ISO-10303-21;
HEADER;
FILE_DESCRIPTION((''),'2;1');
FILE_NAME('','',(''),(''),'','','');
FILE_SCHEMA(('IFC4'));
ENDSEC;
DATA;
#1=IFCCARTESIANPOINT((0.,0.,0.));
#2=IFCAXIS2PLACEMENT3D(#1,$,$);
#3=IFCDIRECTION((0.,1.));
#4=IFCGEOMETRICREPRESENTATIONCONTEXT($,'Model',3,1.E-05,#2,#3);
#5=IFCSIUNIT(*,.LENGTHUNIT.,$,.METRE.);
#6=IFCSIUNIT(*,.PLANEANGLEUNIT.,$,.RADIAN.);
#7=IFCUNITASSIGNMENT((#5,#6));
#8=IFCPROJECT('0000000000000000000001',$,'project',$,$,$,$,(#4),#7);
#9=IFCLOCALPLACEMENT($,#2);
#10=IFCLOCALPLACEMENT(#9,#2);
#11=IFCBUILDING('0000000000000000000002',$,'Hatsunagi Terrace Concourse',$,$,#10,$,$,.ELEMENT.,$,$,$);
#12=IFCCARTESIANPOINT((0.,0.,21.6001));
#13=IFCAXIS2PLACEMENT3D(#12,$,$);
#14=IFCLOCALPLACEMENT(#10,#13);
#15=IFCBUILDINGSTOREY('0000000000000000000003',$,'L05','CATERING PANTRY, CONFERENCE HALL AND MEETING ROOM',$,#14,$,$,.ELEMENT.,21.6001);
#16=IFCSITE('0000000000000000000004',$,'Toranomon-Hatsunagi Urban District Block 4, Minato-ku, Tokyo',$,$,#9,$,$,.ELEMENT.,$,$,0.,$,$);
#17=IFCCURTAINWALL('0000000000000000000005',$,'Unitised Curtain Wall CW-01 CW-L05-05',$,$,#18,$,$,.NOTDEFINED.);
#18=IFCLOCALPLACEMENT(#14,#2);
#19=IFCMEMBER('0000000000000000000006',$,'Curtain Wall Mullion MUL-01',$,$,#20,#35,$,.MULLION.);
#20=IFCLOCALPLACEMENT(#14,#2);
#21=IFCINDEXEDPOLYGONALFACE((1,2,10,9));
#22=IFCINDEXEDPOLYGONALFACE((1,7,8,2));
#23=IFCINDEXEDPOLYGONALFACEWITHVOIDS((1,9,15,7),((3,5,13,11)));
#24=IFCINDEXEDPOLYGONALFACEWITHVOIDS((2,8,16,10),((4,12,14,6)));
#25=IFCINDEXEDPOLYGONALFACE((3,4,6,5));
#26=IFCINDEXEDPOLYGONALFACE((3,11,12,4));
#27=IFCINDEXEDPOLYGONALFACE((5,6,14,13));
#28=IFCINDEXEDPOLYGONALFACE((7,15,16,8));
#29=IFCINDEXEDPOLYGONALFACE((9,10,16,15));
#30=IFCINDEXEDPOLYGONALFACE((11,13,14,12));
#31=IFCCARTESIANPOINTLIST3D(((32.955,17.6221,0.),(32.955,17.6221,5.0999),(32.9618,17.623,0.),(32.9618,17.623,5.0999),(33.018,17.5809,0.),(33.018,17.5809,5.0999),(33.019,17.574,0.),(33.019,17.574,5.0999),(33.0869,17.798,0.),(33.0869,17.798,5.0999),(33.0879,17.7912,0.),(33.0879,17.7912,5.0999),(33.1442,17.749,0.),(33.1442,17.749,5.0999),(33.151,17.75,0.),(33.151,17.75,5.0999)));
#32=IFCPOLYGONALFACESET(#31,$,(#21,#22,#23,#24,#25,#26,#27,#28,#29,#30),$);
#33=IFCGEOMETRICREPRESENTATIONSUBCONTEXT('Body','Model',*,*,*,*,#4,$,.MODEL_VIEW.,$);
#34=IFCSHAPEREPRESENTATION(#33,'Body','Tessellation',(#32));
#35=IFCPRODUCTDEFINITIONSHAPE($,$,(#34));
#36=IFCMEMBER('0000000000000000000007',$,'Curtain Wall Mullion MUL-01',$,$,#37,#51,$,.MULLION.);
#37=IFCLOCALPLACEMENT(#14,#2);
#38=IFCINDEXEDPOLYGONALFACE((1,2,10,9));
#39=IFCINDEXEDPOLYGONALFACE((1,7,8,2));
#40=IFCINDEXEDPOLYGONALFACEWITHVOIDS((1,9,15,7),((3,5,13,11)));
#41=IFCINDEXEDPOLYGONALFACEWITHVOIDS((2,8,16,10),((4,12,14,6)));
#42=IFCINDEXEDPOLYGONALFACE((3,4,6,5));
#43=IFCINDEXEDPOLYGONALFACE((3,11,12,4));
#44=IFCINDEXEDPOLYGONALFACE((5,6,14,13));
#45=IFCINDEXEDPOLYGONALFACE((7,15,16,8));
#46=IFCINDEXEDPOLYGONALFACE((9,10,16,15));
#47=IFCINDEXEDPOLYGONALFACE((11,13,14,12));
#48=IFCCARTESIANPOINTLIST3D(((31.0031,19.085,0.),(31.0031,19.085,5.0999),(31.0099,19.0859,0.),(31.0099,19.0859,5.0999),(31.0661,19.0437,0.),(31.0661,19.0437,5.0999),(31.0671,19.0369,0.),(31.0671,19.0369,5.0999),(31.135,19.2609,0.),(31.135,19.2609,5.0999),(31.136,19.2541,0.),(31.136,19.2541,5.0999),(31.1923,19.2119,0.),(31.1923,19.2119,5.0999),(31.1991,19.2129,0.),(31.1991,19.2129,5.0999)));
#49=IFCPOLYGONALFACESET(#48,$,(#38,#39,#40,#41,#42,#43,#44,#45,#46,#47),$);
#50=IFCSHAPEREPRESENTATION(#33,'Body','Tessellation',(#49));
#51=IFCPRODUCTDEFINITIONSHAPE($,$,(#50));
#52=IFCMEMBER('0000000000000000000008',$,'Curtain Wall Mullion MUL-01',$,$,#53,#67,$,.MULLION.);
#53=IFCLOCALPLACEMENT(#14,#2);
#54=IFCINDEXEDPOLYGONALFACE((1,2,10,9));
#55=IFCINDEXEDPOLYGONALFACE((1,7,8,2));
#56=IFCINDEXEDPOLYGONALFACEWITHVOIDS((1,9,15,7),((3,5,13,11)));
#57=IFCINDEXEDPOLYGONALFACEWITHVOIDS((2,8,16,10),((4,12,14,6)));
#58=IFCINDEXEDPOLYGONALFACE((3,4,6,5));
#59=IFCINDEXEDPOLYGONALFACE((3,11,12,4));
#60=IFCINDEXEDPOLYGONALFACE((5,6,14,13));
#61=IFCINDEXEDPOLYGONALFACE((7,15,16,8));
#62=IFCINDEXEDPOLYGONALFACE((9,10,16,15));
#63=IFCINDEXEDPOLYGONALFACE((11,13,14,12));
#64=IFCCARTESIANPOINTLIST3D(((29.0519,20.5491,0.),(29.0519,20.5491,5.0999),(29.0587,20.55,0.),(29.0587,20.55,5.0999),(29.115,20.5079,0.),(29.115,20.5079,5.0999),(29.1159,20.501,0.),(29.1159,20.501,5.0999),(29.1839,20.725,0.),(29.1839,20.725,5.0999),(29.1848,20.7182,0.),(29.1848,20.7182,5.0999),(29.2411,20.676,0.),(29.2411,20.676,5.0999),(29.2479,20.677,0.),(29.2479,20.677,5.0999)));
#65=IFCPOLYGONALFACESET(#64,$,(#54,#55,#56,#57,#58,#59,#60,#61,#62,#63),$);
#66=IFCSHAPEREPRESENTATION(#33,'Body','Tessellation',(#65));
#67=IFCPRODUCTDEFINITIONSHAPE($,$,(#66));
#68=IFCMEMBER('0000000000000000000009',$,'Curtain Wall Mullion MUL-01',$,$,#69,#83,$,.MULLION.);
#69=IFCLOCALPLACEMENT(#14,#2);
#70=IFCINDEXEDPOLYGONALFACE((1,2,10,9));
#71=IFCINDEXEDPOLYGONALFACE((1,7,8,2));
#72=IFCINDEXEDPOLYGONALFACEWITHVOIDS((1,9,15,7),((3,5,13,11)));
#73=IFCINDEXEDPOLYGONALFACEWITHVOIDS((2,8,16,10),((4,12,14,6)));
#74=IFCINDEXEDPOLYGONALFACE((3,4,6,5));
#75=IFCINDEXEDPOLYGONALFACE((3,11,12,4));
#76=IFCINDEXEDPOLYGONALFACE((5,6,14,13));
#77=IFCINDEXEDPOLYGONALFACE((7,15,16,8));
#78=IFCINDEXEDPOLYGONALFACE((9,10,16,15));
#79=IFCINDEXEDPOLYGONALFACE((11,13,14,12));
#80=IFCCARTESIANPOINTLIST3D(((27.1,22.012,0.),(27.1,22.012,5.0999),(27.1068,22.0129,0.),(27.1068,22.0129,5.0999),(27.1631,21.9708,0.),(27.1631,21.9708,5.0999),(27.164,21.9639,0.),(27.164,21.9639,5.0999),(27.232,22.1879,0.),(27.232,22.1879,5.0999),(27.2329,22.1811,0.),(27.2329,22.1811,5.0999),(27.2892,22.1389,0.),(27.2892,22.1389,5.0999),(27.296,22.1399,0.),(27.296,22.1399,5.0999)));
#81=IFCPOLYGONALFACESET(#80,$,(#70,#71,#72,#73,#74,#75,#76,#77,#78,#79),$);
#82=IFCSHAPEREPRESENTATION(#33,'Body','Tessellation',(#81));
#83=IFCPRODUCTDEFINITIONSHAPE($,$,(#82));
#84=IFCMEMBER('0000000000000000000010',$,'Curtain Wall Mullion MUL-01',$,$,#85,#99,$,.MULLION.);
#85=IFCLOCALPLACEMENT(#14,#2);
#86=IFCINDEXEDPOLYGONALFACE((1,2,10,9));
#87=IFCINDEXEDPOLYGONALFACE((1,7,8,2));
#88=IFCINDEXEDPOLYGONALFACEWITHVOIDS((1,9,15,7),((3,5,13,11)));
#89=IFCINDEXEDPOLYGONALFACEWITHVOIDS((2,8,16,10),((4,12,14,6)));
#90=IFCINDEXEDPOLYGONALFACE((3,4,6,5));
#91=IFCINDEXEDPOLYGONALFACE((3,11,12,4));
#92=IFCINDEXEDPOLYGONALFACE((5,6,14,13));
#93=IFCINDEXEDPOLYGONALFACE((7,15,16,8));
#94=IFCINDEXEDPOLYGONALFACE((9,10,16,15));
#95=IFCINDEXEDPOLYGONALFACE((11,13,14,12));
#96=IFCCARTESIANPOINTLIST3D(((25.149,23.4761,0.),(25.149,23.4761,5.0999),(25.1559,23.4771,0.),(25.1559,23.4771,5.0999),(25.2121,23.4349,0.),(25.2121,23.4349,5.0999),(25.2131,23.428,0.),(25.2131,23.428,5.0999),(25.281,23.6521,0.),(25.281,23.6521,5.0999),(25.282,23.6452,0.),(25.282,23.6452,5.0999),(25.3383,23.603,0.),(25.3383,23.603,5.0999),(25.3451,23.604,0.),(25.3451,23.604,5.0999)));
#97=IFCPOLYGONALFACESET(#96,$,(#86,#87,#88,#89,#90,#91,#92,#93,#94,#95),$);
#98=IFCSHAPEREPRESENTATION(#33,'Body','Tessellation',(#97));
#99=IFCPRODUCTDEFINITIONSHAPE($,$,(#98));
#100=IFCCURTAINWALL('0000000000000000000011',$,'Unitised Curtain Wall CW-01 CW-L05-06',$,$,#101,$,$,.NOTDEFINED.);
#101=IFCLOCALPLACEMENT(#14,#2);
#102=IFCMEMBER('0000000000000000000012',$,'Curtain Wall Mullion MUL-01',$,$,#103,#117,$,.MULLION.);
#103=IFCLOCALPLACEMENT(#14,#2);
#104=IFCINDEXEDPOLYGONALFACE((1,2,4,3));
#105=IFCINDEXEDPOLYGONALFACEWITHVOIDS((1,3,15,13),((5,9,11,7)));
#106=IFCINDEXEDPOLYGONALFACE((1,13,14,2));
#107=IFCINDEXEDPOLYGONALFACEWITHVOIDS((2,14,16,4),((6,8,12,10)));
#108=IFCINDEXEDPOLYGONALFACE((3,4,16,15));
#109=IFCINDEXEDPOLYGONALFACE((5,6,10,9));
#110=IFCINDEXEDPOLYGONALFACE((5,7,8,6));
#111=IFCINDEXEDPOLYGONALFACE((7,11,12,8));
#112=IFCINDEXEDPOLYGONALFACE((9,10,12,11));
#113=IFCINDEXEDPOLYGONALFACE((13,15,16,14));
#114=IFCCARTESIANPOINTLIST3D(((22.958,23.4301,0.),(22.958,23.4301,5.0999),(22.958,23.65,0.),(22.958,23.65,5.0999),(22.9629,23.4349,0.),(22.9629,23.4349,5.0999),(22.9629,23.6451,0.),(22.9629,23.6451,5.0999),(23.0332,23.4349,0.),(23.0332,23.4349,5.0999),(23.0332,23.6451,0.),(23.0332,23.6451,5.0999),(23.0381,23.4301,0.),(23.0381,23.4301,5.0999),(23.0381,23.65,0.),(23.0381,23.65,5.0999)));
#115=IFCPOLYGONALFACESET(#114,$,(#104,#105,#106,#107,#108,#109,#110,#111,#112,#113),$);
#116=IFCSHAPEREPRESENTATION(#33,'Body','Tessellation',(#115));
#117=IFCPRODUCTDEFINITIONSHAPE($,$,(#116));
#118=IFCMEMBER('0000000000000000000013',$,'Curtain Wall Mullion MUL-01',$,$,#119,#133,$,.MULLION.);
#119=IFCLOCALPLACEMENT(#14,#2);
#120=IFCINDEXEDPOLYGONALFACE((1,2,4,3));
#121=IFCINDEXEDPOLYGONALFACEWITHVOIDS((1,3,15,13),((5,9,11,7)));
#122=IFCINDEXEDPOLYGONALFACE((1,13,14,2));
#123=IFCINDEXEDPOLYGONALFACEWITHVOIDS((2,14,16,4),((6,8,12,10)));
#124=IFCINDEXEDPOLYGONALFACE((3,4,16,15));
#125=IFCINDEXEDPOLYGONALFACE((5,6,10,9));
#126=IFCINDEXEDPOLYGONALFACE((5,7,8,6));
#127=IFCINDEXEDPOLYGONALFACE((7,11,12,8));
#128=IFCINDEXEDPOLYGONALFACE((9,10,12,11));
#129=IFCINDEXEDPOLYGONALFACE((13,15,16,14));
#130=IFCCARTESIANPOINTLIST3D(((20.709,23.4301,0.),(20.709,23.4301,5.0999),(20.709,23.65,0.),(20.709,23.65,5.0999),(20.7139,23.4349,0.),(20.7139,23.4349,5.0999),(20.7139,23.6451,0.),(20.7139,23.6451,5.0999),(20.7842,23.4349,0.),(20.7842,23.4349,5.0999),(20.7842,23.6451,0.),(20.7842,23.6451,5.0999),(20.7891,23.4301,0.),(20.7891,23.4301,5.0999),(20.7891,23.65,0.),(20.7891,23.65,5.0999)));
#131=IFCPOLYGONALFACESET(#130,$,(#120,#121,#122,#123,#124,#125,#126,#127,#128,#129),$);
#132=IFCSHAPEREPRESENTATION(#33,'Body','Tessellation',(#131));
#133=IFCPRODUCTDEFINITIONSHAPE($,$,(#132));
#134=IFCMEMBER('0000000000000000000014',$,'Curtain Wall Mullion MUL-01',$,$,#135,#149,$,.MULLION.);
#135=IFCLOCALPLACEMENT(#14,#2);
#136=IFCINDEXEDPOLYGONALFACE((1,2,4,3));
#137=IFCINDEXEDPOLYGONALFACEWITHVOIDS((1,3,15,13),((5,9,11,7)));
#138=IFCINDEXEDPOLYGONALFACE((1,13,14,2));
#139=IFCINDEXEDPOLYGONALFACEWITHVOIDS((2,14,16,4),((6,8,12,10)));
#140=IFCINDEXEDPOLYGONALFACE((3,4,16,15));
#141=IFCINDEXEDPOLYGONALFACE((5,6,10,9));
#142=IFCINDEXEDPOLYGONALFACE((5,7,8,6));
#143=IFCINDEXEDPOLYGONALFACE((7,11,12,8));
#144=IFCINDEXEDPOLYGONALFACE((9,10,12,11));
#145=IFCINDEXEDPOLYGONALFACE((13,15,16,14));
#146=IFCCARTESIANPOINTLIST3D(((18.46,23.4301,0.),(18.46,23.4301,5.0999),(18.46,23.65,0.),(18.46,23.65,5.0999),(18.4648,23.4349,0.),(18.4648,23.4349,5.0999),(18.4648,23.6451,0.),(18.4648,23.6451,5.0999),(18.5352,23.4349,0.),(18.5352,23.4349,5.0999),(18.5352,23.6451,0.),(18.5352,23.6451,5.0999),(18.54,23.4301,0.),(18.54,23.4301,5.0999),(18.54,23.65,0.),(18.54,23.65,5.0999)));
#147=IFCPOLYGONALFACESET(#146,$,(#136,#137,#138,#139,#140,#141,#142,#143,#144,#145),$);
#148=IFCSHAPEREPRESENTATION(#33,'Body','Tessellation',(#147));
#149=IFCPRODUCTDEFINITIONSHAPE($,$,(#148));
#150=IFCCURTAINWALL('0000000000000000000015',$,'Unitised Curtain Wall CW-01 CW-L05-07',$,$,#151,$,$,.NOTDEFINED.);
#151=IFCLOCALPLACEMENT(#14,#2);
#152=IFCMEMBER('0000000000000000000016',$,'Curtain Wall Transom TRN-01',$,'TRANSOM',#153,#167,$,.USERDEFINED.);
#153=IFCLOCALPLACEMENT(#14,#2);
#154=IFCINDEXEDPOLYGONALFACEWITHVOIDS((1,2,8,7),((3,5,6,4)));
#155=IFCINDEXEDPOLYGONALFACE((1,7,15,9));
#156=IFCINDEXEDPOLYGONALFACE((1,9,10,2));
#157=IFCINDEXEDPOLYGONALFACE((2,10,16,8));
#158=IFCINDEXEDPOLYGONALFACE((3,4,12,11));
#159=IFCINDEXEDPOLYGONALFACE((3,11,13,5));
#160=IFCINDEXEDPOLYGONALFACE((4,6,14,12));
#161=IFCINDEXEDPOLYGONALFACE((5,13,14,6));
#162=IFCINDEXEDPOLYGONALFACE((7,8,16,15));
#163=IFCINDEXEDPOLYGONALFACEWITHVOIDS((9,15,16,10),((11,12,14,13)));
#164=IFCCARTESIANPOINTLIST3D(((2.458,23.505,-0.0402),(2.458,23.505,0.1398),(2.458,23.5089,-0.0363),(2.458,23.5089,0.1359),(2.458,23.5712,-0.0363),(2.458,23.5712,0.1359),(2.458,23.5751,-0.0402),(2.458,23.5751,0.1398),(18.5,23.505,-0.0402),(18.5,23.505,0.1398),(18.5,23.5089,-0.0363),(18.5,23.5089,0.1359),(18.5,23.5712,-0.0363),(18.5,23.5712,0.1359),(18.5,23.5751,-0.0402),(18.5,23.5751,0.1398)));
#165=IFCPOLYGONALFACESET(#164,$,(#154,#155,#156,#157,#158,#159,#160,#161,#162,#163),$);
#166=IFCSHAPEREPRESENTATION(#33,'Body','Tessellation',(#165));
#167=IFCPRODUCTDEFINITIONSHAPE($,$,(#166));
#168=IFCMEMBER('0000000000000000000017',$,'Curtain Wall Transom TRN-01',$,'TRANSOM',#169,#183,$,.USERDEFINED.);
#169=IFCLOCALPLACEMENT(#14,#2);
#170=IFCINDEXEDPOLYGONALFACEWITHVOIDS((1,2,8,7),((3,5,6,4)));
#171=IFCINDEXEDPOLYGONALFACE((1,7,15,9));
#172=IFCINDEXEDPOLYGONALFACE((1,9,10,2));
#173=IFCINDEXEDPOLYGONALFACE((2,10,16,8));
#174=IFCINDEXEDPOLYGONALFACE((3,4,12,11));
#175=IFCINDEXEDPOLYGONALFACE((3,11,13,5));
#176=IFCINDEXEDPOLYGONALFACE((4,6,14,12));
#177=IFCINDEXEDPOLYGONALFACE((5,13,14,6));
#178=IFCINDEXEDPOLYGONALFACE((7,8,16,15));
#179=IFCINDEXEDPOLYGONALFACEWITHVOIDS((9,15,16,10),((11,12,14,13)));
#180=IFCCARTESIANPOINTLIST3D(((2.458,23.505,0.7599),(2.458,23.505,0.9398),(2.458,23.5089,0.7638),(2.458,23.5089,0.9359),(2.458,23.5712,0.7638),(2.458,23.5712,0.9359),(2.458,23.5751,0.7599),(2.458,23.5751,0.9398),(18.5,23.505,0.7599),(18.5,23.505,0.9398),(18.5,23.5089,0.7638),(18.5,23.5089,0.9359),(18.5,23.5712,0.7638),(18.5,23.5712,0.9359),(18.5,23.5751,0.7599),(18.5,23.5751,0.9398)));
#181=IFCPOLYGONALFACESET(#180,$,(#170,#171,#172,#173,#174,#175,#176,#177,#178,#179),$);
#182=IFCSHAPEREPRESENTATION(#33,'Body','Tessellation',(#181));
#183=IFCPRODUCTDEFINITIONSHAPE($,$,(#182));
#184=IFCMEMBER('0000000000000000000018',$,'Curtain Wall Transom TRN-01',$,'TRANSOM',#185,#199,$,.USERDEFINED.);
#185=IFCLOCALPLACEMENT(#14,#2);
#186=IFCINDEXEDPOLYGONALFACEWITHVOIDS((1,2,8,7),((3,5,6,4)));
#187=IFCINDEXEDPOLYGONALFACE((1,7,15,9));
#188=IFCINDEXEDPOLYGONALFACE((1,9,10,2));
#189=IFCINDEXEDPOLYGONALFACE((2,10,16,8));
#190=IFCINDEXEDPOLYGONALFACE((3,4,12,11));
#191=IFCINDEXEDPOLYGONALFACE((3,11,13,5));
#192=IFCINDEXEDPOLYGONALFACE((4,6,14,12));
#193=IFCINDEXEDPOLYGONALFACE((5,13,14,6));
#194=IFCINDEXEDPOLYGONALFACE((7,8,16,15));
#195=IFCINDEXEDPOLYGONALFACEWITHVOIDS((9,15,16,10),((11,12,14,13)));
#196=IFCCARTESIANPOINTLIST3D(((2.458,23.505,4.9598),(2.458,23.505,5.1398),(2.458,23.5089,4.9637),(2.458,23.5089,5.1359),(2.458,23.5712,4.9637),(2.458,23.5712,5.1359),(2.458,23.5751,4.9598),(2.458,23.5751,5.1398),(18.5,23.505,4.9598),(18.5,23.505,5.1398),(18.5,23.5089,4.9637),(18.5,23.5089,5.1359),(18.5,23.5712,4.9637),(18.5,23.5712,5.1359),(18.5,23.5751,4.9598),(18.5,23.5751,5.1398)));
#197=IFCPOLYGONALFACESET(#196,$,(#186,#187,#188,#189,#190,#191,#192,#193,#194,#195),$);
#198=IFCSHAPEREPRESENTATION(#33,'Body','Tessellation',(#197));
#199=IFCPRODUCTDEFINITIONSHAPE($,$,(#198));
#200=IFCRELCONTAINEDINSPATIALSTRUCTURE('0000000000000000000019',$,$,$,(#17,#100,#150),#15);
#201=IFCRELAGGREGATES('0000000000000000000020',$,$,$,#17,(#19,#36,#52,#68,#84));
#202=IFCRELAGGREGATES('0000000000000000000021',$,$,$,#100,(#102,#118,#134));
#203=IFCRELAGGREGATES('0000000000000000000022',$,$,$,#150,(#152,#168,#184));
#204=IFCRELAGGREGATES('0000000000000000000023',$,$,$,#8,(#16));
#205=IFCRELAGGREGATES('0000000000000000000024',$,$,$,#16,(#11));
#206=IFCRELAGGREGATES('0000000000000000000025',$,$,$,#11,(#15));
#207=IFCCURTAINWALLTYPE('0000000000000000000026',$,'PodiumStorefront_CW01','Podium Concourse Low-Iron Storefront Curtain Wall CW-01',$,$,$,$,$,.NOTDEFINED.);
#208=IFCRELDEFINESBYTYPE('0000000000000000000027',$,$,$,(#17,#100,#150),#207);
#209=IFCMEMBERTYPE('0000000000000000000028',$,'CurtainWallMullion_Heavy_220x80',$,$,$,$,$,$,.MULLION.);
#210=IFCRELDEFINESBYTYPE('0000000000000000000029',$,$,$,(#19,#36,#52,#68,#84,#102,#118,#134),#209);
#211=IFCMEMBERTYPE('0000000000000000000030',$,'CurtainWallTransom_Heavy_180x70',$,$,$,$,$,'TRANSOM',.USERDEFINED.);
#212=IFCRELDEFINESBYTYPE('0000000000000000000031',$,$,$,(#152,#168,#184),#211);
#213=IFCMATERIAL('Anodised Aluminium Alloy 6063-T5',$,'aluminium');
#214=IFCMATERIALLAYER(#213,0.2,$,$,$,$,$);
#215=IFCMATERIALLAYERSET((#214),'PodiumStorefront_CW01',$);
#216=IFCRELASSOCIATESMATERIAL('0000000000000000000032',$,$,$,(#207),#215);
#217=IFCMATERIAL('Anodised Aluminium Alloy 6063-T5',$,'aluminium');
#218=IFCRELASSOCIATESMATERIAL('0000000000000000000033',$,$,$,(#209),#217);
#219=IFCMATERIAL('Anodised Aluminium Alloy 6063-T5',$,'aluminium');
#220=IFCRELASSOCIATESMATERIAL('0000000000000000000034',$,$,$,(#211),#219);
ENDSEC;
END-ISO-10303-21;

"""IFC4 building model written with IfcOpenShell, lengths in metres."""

from ifc_helpers import new_model, si_unit, direction, frame, origin, origin_2d, place, context, subcontext, project, spatial, hollow_rectangle, extrude, material, layer, layer_set, material_profile, profile_set, type_object, element, aggregate, save


model = new_model("IFC4")

# Units and contexts
model_context = context("Model", 3, precision=1e-05, world=origin(), true_north=direction((0.0, 1.0)))
body_context = subcontext(model_context, "Body", "Model", "MODEL_VIEW")
ifc_project = project(units=[si_unit("LENGTHUNIT", "METRE"), si_unit("PLANEANGLEUNIT", "RADIAN")], contexts=[model_context])

# Site, building, storey
site_placement = place(None, origin())
site = spatial("IfcSite", under=ifc_project, at=site_placement, Name="Toranomon-Hatsunagi Urban District Block 4, Minato-ku, Tokyo", CompositionType="ELEMENT", RefElevation=0.0)
building_placement = place(site_placement, origin())
building = spatial("IfcBuilding", under=site, at=building_placement, Name="Hatsunagi Terrace Concourse", CompositionType="ELEMENT")
storey_placement = place(building_placement, frame((0.0, 0.0, 21.6001)))
storey = spatial("IfcBuildingStorey", under=building, at=storey_placement, Name="L05", Description="CATERING PANTRY, CONFERENCE HALL AND MEETING ROOM", CompositionType="ELEMENT", Elevation=21.6001)

# Curtain walls, members
ifc_material_1 = material(Name="Anodised Aluminium Alloy 6063-T5", Category="aluminium")
ifc_layer_1 = layer(ifc_material_1, 0.2)
ifc_layer_set_1 = layer_set([ifc_layer_1], Name="PodiumStorefront_CW01")
curtain_wall_type = type_object("IfcCurtainWallType", Name="PodiumStorefront_CW01", Description="Podium Concourse Low-Iron Storefront Curtain Wall CW-01", PredefinedType="NOTDEFINED", material=ifc_layer_set_1)
curtain_wall_1_placement = place(storey_placement, origin())
curtain_wall_1 = element("IfcCurtainWall", 1, at=curtain_wall_1_placement, inside=storey, type_object=curtain_wall_type, Name="Unitised Curtain Wall CW-01 CW-L05-05", PredefinedType="NOTDEFINED")
ifc_material_2 = material(Name="Anodised Aluminium Alloy 6063-T5", Category="aluminium")
ifc_material_profile_1 = material_profile(ifc_material_2, hollow_rectangle(XDim=0.0801, YDim=0.22, WallThickness=0.0049, at=origin_2d()), Name="ALU-MUL-220x80x5")
ifc_profile_set_1 = profile_set([ifc_material_profile_1], Name="Anodised Aluminium Alloy 6063-T5")
member_type_1 = type_object("IfcMemberType", Name="CurtainWallMullion_Heavy_220x80", PredefinedType="MULLION", material=ifc_profile_set_1)
member_1_placement = place(storey_placement, frame((33.053, 17.686, 0.0), z_axis=(0.0, 0.0, 1.0), x_axis=(-0.800003, 0.599996, 0.0)))
member_1 = element("IfcMember", 2, at=member_1_placement, type_object=member_type_1, Name="Curtain Wall Mullion MUL-01", PredefinedType="MULLION", context=body_context, shape_type="SweptSolid", body=[
    extrude(hollow_rectangle(XDim=0.0801, YDim=0.22, WallThickness=0.0049, at=origin_2d()), origin(), (0.0, 0.0, 1.0), 5.0999),
])
member_2_placement = place(storey_placement, frame((31.1011, 19.1489, 0.0), z_axis=(0.0, 0.0, 1.0), x_axis=(-0.800003, 0.599996, 0.0)))
member_2 = element("IfcMember", 3, at=member_2_placement, type_object=member_type_1, Name="Curtain Wall Mullion MUL-01", PredefinedType="MULLION", context=body_context, shape_type="SweptSolid", body=[
    extrude(hollow_rectangle(XDim=0.0801, YDim=0.22, WallThickness=0.0049, at=origin_2d()), origin(), (0.0, 0.0, 1.0), 5.0999),
])
member_3_placement = place(storey_placement, frame((29.1499, 20.613, 0.0), z_axis=(0.0, 0.0, 1.0), x_axis=(-0.800003, 0.599996, 0.0)))
member_3 = element("IfcMember", 4, at=member_3_placement, type_object=member_type_1, Name="Curtain Wall Mullion MUL-01", PredefinedType="MULLION", context=body_context, shape_type="SweptSolid", body=[
    extrude(hollow_rectangle(XDim=0.0801, YDim=0.22, WallThickness=0.0049, at=origin_2d()), origin(), (0.0, 0.0, 1.0), 5.0999),
])
member_4_placement = place(storey_placement, frame((27.198, 22.0759, 0.0), z_axis=(0.0, 0.0, 1.0), x_axis=(-0.800003, 0.599996, 0.0)))
member_4 = element("IfcMember", 5, at=member_4_placement, type_object=member_type_1, Name="Curtain Wall Mullion MUL-01", PredefinedType="MULLION", context=body_context, shape_type="SweptSolid", body=[
    extrude(hollow_rectangle(XDim=0.0801, YDim=0.22, WallThickness=0.0049, at=origin_2d()), origin(), (0.0, 0.0, 1.0), 5.0999),
])
member_5_placement = place(storey_placement, frame((25.2471, 23.54, 0.0), z_axis=(0.0, 0.0, 1.0), x_axis=(-0.800003, 0.599996, 0.0)))
member_5 = element("IfcMember", 6, at=member_5_placement, type_object=member_type_1, Name="Curtain Wall Mullion MUL-01", PredefinedType="MULLION", context=body_context, shape_type="SweptSolid", body=[
    extrude(hollow_rectangle(XDim=0.0801, YDim=0.22, WallThickness=0.0049, at=origin_2d()), origin(), (0.0, 0.0, 1.0), 5.0999),
])
curtain_wall_2_placement = place(storey_placement, origin())
curtain_wall_2 = element("IfcCurtainWall", 7, at=curtain_wall_2_placement, inside=storey, type_object=curtain_wall_type, Name="Unitised Curtain Wall CW-01 CW-L05-06", PredefinedType="NOTDEFINED")
member_6_placement = place(storey_placement, frame((22.998, 23.54, 0.0), z_axis=(0.0, 0.0, 1.0), x_axis=(-1.0, 0.0, 0.0)))
member_6 = element("IfcMember", 8, at=member_6_placement, type_object=member_type_1, Name="Curtain Wall Mullion MUL-01", PredefinedType="MULLION", context=body_context, shape_type="SweptSolid", body=[
    extrude(hollow_rectangle(XDim=0.0801, YDim=0.22, WallThickness=0.0049, at=origin_2d()), origin(), (0.0, 0.0, 1.0), 5.0999),
])
member_7_placement = place(storey_placement, frame((20.749, 23.54, 0.0), z_axis=(0.0, 0.0, 1.0), x_axis=(-1.0, 0.0, 0.0)))
member_7 = element("IfcMember", 9, at=member_7_placement, type_object=member_type_1, Name="Curtain Wall Mullion MUL-01", PredefinedType="MULLION", context=body_context, shape_type="SweptSolid", body=[
    extrude(hollow_rectangle(XDim=0.0801, YDim=0.22, WallThickness=0.0049, at=origin_2d()), origin(), (0.0, 0.0, 1.0), 5.0999),
])
member_8_placement = place(storey_placement, frame((18.5, 23.54, 0.0), z_axis=(0.0, 0.0, 1.0), x_axis=(-1.0, 0.0, 0.0)))
member_8 = element("IfcMember", 10, at=member_8_placement, type_object=member_type_1, Name="Curtain Wall Mullion MUL-01", PredefinedType="MULLION", context=body_context, shape_type="SweptSolid", body=[
    extrude(hollow_rectangle(XDim=0.0801, YDim=0.22, WallThickness=0.0049, at=origin_2d()), origin(), (0.0, 0.0, 1.0), 5.0999),
])
curtain_wall_3_placement = place(storey_placement, origin())
curtain_wall_3 = element("IfcCurtainWall", 11, at=curtain_wall_3_placement, inside=storey, type_object=curtain_wall_type, Name="Unitised Curtain Wall CW-01 CW-L05-07", PredefinedType="NOTDEFINED")
ifc_material_3 = material(Name="Anodised Aluminium Alloy 6063-T5", Category="aluminium")
ifc_material_profile_2 = material_profile(ifc_material_3, hollow_rectangle(XDim=0.0701, YDim=0.1799, WallThickness=0.0039, at=origin_2d()), Name="ALU-TRN-180x70x4")
ifc_profile_set_2 = profile_set([ifc_material_profile_2], Name="Anodised Aluminium Alloy 6063-T5")
member_type_2 = type_object("IfcMemberType", Name="CurtainWallTransom_Heavy_180x70", ElementType="TRANSOM", PredefinedType="USERDEFINED", material=ifc_profile_set_2)
member_9_placement = place(storey_placement, frame((18.5, 23.54, 0.0498), z_axis=(-1.0, 0.0, 0.0), x_axis=(0.0, -1.0, 0.0)))
member_9 = element("IfcMember", 12, at=member_9_placement, type_object=member_type_2, Name="Curtain Wall Transom TRN-01", ObjectType="TRANSOM", PredefinedType="USERDEFINED", context=body_context, shape_type="SweptSolid", body=[
    extrude(hollow_rectangle(XDim=0.0701, YDim=0.1799, WallThickness=0.0039, at=origin_2d()), origin(), (0.0, 0.0, 1.0), 16.042),
])
member_10_placement = place(storey_placement, frame((18.5, 23.54, 0.8499), z_axis=(-1.0, 0.0, 0.0), x_axis=(0.0, -1.0, 0.0)))
member_10 = element("IfcMember", 13, at=member_10_placement, type_object=member_type_2, Name="Curtain Wall Transom TRN-01", ObjectType="TRANSOM", PredefinedType="USERDEFINED", context=body_context, shape_type="SweptSolid", body=[
    extrude(hollow_rectangle(XDim=0.0701, YDim=0.1799, WallThickness=0.0039, at=origin_2d()), origin(), (0.0, 0.0, 1.0), 16.042),
])
member_11_placement = place(storey_placement, frame((18.5, 23.54, 5.0498), z_axis=(-1.0, 0.0, 0.0), x_axis=(0.0, -1.0, 0.0)))
member_11 = element("IfcMember", 14, at=member_11_placement, type_object=member_type_2, Name="Curtain Wall Transom TRN-01", ObjectType="TRANSOM", PredefinedType="USERDEFINED", context=body_context, shape_type="SweptSolid", body=[
    extrude(hollow_rectangle(XDim=0.0701, YDim=0.1799, WallThickness=0.0039, at=origin_2d()), origin(), (0.0, 0.0, 1.0), 16.042),
])

aggregate(curtain_wall_1, [member_1, member_2, member_3, member_4, member_5])
aggregate(curtain_wall_2, [member_6, member_7, member_8])
aggregate(curtain_wall_3, [member_9, member_10, member_11])

save(model, "model.ifc")
